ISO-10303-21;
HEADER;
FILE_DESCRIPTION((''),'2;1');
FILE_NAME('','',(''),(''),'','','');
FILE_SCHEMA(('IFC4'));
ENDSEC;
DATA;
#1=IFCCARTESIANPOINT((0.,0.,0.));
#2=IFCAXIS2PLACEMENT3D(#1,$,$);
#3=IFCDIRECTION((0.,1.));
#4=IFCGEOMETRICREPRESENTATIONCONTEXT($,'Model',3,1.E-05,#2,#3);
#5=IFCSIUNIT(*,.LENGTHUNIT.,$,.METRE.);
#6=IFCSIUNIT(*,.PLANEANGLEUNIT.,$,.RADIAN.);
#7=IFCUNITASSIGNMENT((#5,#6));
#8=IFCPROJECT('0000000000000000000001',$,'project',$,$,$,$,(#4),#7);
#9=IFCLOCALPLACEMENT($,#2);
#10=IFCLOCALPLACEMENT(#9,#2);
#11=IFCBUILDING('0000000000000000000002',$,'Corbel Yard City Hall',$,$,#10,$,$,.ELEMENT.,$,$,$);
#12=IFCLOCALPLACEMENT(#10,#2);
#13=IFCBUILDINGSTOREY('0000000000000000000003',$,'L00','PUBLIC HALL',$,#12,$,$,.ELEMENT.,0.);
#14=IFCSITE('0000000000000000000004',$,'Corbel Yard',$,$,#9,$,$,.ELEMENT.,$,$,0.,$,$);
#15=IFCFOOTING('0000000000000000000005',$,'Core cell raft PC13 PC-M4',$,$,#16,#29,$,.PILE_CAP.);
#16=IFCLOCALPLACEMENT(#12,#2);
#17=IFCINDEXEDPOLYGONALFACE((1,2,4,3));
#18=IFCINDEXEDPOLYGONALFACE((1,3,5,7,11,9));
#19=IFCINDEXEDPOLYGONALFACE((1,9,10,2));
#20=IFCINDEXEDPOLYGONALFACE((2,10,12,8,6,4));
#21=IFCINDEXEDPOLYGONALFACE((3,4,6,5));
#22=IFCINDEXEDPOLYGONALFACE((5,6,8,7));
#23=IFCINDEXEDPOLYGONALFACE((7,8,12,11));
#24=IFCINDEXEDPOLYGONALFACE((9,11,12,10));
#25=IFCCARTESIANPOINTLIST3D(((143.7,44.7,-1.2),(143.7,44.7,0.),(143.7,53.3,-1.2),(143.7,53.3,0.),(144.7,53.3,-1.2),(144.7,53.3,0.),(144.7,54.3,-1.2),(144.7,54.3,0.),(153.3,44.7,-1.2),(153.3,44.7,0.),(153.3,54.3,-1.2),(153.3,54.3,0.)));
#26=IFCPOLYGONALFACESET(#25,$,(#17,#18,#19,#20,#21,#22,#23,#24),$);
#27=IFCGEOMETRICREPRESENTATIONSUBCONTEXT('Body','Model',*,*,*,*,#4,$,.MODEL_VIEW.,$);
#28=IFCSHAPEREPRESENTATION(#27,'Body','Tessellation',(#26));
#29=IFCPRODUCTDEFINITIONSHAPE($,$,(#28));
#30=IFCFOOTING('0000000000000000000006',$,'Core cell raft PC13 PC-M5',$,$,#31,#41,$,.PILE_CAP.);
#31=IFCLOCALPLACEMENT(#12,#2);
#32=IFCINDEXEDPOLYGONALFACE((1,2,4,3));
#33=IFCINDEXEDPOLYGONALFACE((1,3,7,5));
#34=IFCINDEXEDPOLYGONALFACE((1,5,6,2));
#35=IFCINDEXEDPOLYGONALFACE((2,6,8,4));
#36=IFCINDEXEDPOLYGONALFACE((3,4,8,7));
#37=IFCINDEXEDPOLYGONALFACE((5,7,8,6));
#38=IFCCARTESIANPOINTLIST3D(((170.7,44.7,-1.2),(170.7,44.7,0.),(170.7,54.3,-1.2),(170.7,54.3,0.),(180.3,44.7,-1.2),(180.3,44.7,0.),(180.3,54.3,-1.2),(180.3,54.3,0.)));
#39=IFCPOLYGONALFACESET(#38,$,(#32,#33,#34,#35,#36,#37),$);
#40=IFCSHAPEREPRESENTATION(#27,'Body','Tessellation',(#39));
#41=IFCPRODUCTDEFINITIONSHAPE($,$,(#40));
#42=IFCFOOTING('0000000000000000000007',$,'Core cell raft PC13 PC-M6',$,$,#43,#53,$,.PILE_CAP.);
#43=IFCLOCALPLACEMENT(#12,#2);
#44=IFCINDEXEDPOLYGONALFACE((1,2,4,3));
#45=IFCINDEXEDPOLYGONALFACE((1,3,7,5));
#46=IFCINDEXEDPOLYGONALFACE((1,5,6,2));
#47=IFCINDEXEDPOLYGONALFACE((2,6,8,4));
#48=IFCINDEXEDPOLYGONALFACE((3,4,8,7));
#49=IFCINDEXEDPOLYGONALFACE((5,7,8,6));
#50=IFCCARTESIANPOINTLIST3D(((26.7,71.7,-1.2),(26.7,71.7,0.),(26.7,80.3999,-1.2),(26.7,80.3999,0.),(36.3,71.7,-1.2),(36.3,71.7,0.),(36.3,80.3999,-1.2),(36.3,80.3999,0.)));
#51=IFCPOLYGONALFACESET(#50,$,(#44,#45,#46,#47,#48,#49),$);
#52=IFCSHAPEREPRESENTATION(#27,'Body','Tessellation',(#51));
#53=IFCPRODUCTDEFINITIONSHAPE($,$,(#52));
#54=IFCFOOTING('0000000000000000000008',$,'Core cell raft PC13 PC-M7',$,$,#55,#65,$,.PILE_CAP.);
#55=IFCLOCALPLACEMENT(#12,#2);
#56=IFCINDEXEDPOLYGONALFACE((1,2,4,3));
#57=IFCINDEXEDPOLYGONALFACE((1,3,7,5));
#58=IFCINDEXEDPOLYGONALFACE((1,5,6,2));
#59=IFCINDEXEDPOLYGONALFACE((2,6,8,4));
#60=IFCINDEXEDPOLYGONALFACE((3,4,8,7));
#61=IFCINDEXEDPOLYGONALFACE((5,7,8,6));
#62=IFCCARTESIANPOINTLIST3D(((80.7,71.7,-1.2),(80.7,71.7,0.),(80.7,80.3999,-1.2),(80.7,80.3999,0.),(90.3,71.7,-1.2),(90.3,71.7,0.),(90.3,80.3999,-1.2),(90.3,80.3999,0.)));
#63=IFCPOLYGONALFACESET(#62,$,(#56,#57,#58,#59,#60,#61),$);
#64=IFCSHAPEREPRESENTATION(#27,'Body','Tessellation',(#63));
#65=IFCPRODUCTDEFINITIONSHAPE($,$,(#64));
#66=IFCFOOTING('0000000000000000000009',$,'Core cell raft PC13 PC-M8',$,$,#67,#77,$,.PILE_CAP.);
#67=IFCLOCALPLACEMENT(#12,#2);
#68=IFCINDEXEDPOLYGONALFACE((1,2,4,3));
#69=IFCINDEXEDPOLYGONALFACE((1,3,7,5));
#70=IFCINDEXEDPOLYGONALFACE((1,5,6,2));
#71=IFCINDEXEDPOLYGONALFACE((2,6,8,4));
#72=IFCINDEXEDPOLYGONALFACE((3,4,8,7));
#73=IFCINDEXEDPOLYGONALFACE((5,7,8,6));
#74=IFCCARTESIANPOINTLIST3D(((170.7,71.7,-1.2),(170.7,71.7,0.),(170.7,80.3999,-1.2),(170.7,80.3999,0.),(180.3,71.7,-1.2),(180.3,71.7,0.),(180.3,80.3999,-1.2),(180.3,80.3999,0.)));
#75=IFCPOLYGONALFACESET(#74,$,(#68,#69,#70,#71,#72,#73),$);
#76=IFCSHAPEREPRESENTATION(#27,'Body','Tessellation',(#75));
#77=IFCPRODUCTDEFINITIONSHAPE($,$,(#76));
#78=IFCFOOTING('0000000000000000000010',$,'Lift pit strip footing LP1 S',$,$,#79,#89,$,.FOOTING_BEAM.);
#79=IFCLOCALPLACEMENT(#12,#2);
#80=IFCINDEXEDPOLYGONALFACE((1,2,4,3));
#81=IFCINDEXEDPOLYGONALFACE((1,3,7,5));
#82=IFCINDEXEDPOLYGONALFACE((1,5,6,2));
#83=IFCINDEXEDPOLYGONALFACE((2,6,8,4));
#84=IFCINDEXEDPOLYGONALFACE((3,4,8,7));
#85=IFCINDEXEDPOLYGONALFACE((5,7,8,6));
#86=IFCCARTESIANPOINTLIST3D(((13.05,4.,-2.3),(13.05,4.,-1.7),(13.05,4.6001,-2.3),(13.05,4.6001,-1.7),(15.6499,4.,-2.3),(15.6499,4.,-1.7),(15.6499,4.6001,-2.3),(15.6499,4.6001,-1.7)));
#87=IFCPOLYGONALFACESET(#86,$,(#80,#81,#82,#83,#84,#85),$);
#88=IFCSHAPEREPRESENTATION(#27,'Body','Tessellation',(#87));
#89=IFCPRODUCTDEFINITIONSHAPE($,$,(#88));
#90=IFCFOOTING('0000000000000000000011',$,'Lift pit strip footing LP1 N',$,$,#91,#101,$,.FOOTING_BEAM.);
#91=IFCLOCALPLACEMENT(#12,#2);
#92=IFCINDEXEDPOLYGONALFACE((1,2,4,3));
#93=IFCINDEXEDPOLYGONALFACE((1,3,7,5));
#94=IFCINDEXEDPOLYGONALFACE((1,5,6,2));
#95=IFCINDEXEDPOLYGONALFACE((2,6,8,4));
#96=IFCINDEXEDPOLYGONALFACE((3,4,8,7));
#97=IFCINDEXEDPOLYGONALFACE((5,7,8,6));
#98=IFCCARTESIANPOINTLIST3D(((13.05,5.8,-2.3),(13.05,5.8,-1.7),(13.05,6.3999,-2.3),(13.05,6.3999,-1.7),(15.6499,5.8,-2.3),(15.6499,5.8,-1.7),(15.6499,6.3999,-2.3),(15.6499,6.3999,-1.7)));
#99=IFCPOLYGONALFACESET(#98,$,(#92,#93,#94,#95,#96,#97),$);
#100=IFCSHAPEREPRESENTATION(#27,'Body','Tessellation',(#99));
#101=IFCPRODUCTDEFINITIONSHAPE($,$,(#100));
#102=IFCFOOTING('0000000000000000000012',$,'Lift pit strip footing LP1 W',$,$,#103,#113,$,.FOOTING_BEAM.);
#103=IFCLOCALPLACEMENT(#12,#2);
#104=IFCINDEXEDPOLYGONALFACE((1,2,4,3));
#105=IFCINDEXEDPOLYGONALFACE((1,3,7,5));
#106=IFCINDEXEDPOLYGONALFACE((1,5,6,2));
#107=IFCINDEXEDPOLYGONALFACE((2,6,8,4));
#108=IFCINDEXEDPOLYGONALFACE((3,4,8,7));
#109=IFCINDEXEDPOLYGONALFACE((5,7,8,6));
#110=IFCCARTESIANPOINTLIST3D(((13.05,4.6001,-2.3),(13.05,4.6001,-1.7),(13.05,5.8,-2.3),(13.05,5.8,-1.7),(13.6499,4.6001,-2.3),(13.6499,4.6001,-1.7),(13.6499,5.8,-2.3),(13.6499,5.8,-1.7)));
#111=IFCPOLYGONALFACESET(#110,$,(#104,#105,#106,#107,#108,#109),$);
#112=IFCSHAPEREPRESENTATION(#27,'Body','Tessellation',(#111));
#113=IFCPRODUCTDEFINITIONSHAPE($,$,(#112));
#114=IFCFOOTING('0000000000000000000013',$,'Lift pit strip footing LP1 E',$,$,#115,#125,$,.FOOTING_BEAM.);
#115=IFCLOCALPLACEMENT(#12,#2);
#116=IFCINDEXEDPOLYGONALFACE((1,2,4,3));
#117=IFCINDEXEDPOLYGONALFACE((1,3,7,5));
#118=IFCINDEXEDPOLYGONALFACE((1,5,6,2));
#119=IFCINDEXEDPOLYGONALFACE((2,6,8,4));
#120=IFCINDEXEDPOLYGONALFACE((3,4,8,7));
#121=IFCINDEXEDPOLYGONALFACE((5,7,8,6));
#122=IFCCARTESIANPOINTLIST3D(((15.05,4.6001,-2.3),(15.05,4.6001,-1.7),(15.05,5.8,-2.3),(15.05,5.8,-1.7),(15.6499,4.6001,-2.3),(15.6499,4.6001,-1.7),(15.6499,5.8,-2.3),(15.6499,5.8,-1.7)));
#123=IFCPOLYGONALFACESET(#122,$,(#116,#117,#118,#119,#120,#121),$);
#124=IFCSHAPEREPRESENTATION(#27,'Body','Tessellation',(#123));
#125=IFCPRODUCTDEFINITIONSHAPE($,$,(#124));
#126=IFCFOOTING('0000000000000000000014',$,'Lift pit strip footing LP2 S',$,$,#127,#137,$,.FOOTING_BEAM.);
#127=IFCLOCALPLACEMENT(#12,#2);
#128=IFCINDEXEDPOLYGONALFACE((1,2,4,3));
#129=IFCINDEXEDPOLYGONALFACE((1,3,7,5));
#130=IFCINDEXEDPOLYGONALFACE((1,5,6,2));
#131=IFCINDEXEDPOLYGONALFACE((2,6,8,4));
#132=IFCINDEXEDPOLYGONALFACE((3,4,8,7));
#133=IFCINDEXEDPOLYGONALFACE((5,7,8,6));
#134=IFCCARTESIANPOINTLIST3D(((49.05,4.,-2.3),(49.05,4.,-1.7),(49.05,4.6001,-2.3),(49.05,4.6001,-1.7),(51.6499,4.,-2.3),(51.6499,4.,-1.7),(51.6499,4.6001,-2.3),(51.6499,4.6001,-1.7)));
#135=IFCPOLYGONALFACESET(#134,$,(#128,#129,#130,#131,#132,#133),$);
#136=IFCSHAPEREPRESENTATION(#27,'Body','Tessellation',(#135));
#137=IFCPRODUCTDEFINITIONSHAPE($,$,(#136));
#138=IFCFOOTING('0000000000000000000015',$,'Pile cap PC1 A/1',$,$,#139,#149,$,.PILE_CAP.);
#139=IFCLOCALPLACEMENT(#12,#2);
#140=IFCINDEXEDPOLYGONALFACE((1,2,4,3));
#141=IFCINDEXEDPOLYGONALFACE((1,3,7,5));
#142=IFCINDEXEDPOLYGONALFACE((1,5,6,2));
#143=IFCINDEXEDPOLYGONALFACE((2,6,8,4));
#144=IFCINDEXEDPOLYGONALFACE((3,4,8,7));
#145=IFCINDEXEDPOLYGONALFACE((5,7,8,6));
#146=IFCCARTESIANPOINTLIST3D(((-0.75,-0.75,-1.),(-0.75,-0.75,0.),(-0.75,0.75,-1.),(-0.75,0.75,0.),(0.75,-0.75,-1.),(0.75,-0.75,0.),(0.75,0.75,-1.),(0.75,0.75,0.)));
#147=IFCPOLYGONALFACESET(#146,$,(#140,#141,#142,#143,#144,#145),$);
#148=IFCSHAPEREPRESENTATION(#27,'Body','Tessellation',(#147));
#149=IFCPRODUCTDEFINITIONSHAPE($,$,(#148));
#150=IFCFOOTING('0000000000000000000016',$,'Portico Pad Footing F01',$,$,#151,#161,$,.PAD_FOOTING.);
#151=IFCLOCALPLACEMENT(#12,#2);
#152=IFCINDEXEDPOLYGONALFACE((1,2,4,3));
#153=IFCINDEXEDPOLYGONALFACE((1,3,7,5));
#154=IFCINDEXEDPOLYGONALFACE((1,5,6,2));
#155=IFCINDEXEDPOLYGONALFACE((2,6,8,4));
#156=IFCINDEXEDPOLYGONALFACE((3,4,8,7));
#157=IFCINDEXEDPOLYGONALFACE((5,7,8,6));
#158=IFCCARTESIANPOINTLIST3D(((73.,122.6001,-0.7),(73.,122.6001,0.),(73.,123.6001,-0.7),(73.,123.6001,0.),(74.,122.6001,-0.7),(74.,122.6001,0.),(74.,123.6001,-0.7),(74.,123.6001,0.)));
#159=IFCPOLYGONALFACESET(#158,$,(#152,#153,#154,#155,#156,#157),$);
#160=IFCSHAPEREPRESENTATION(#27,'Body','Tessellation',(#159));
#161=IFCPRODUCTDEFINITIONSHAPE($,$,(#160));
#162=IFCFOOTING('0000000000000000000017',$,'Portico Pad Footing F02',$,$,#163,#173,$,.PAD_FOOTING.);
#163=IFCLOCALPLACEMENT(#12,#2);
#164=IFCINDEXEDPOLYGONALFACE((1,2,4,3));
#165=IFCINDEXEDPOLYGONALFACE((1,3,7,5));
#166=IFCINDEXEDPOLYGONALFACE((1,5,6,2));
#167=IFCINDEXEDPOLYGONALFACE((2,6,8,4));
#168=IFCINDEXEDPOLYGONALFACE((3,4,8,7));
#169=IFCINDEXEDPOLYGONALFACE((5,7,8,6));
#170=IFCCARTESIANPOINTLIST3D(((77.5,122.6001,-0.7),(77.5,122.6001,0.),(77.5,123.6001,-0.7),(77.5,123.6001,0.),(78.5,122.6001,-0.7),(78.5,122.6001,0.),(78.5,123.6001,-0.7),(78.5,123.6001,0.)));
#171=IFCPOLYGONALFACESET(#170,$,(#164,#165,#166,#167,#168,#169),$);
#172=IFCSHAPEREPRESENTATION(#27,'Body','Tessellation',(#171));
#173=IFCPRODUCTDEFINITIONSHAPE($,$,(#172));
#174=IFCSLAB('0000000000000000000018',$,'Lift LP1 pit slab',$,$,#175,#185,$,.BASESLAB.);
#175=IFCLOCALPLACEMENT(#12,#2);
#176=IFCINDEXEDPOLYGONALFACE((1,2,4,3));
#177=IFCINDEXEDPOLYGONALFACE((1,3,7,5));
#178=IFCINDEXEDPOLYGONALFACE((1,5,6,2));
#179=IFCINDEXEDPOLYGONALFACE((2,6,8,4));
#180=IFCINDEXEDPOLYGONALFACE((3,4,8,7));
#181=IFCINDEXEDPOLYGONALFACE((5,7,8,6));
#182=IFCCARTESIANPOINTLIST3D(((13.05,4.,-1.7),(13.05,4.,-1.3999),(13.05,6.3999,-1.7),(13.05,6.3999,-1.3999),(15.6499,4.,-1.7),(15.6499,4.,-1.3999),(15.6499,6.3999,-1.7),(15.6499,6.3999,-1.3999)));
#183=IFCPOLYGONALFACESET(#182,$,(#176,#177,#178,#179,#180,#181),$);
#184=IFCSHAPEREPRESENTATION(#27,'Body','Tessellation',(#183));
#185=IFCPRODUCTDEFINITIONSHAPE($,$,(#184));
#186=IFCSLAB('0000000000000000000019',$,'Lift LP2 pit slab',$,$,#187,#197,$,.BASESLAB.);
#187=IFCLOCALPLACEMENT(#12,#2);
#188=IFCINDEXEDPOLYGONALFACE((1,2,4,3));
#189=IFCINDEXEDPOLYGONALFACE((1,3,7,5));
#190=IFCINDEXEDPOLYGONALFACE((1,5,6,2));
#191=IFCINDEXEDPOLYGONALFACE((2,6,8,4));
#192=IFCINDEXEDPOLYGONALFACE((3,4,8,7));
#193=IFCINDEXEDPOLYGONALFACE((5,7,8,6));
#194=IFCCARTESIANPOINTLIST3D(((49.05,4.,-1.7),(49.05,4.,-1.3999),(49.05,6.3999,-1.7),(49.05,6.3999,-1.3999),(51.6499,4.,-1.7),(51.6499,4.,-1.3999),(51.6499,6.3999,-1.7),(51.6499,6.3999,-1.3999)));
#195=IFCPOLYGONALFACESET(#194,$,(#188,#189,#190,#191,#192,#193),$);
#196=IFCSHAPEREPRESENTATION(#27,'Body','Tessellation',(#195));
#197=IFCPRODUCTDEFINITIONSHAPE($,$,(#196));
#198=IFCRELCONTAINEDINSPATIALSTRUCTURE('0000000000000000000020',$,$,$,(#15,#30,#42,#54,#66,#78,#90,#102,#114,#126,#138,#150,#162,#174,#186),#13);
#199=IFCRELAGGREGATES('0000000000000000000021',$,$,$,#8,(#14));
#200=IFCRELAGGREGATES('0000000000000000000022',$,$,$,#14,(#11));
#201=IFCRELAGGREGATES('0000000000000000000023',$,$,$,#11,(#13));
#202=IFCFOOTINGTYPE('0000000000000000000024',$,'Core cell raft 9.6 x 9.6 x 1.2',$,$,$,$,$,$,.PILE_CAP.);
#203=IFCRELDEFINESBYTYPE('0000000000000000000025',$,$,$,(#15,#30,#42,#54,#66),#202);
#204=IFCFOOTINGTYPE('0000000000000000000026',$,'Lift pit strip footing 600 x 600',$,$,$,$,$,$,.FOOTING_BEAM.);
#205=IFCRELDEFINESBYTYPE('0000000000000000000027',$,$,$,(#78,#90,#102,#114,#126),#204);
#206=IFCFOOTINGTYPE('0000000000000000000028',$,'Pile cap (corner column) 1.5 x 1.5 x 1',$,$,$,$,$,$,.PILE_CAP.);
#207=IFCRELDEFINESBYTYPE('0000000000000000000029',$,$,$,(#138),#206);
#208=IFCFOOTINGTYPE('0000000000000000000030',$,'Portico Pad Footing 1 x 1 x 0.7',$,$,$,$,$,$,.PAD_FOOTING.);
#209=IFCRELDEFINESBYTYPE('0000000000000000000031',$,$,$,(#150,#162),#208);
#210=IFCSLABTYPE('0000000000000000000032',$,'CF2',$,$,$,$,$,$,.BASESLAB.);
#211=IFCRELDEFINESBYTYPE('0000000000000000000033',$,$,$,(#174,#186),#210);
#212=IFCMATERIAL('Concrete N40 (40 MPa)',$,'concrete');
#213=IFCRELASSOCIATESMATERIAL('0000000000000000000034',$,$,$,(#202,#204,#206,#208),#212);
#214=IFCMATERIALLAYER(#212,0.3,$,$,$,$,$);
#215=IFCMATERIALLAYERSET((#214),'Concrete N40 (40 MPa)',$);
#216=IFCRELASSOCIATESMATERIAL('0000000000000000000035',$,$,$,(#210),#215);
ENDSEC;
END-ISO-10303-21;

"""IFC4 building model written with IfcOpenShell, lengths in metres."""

from ifc_helpers import new_model, si_unit, direction, frame, origin, origin_2d, place, context, subcontext, project, spatial, polyline, rectangle, outline, extrude, material, layer, layer_set, type_object, element, save


model = new_model("IFC4")

# Units and contexts
model_context = context("Model", 3, precision=1e-05, world=origin(), true_north=direction((0.0, 1.0)))
body_context = subcontext(model_context, "Body", "Model", "MODEL_VIEW")
ifc_project = project(units=[si_unit("LENGTHUNIT", "METRE"), si_unit("PLANEANGLEUNIT", "RADIAN")], contexts=[model_context])

# Site, building, storey
site_placement = place(None, origin())
site = spatial("IfcSite", under=ifc_project, at=site_placement, Name="Corbel Yard", CompositionType="ELEMENT", RefElevation=0.0)
building_placement = place(site_placement, origin())
building = spatial("IfcBuilding", under=site, at=building_placement, Name="Corbel Yard City Hall", CompositionType="ELEMENT")
storey_placement = place(building_placement, origin())
storey = spatial("IfcBuildingStorey", under=building, at=storey_placement, Name="L00", Description="PUBLIC HALL", CompositionType="ELEMENT", Elevation=0.0)

# Shared definitions
ifc_material = material(Name="Concrete N40 (40 MPa)", Category="concrete")

# Footings
footing_type_1 = type_object("IfcFootingType", Name="Core cell raft 9.6 x 9.6 x 1.2", PredefinedType="PILE_CAP", material=ifc_material)
footing_1_placement = place(storey_placement, frame((0.0, 0.0, -1.2)))
element("IfcFooting", 1, at=footing_1_placement, inside=storey, type_object=footing_type_1, Name="Core cell raft PC13 PC-M4", PredefinedType="PILE_CAP", context=body_context, shape_type="SweptSolid", body=[
    extrude(outline(polyline([(153.3, 54.3), (144.7, 54.3), (144.7, 53.3), (143.7, 53.3), (143.7, 44.7), (153.3, 44.7), (153.3, 54.3)])), origin(), (0.0, 0.0, 1.0), 1.2),
])
footing_2_placement = place(storey_placement, frame((0.0, 0.0, -1.2)))
element("IfcFooting", 2, at=footing_2_placement, inside=storey, type_object=footing_type_1, Name="Core cell raft PC13 PC-M5", PredefinedType="PILE_CAP", context=body_context, shape_type="SweptSolid", body=[
    extrude(outline(polyline([(170.7, 44.7), (180.3, 44.7), (180.3, 54.3), (170.7, 54.3), (170.7, 44.7)])), origin(), (0.0, 0.0, 1.0), 1.2),
])
footing_3_placement = place(storey_placement, frame((0.0, 0.0, -1.2)))
element("IfcFooting", 3, at=footing_3_placement, inside=storey, type_object=footing_type_1, Name="Core cell raft PC13 PC-M6", PredefinedType="PILE_CAP", context=body_context, shape_type="SweptSolid", body=[
    extrude(outline(polyline([(26.7, 71.7), (36.3, 71.7), (36.3, 80.3999), (26.7, 80.3999), (26.7, 71.7)])), origin(), (0.0, 0.0, 1.0), 1.2),
])
footing_4_placement = place(storey_placement, frame((0.0, 0.0, -1.2)))
element("IfcFooting", 4, at=footing_4_placement, inside=storey, type_object=footing_type_1, Name="Core cell raft PC13 PC-M7", PredefinedType="PILE_CAP", context=body_context, shape_type="SweptSolid", body=[
    extrude(outline(polyline([(80.7, 71.7), (90.3, 71.7), (90.3, 80.3999), (80.7, 80.3999), (80.7, 71.7)])), origin(), (0.0, 0.0, 1.0), 1.2),
])
footing_5_placement = place(storey_placement, frame((0.0, 0.0, -1.2)))
element("IfcFooting", 5, at=footing_5_placement, inside=storey, type_object=footing_type_1, Name="Core cell raft PC13 PC-M8", PredefinedType="PILE_CAP", context=body_context, shape_type="SweptSolid", body=[
    extrude(outline(polyline([(170.7, 71.7), (180.3, 71.7), (180.3, 80.3999), (170.7, 80.3999), (170.7, 71.7)])), origin(), (0.0, 0.0, 1.0), 1.2),
])
footing_type_2 = type_object("IfcFootingType", Name="Lift pit strip footing 600 x 600", PredefinedType="FOOTING_BEAM", material=ifc_material)
footing_6_placement = place(storey_placement, frame((0.0, 0.0, -2.3)))
element("IfcFooting", 6, at=footing_6_placement, inside=storey, type_object=footing_type_2, Name="Lift pit strip footing LP1 S", PredefinedType="FOOTING_BEAM", context=body_context, shape_type="SweptSolid", body=[
    extrude(outline(polyline([(15.6499, 4.0), (15.6499, 4.6001), (13.05, 4.6001), (13.05, 4.0), (15.6499, 4.0)])), origin(), (0.0, 0.0, 1.0), 0.6001),
])
footing_7_placement = place(storey_placement, frame((0.0, 0.0, -2.3)))
element("IfcFooting", 7, at=footing_7_placement, inside=storey, type_object=footing_type_2, Name="Lift pit strip footing LP1 N", PredefinedType="FOOTING_BEAM", context=body_context, shape_type="SweptSolid", body=[
    extrude(outline(polyline([(15.6499, 5.8), (15.6499, 6.3999), (13.05, 6.3999), (13.05, 5.8), (15.6499, 5.8)])), origin(), (0.0, 0.0, 1.0), 0.6001),
])
footing_8_placement = place(storey_placement, frame((0.0, 0.0, -2.3)))
element("IfcFooting", 8, at=footing_8_placement, inside=storey, type_object=footing_type_2, Name="Lift pit strip footing LP1 W", PredefinedType="FOOTING_BEAM", context=body_context, shape_type="SweptSolid", body=[
    extrude(outline(polyline([(13.6499, 4.6001), (13.6499, 5.8), (13.05, 5.8), (13.05, 4.6001), (13.6499, 4.6001)])), origin(), (0.0, 0.0, 1.0), 0.6001),
])
footing_9_placement = place(storey_placement, frame((0.0, 0.0, -2.3)))
element("IfcFooting", 9, at=footing_9_placement, inside=storey, type_object=footing_type_2, Name="Lift pit strip footing LP1 E", PredefinedType="FOOTING_BEAM", context=body_context, shape_type="SweptSolid", body=[
    extrude(outline(polyline([(15.6499, 4.6001), (15.6499, 5.8), (15.05, 5.8), (15.05, 4.6001), (15.6499, 4.6001)])), origin(), (0.0, 0.0, 1.0), 0.6001),
])
footing_10_placement = place(storey_placement, frame((0.0, 0.0, -2.3)))
element("IfcFooting", 10, at=footing_10_placement, inside=storey, type_object=footing_type_2, Name="Lift pit strip footing LP2 S", PredefinedType="FOOTING_BEAM", context=body_context, shape_type="SweptSolid", body=[
    extrude(outline(polyline([(51.6499, 4.0), (51.6499, 4.6001), (49.05, 4.6001), (49.05, 4.0), (51.6499, 4.0)])), origin(), (0.0, 0.0, 1.0), 0.6001),
])
footing_type_3 = type_object("IfcFootingType", Name="Pile cap (corner column) 1.5 x 1.5 x 1", PredefinedType="PILE_CAP", material=ifc_material)
footing_11_placement = place(storey_placement, frame((0.0, 0.0, -1.0), z_axis=(0.0, 0.0, 1.0), x_axis=(1.0, 0.0, 0.0)))
element("IfcFooting", 11, at=footing_11_placement, inside=storey, type_object=footing_type_3, Name="Pile cap PC1 A/1", PredefinedType="PILE_CAP", context=body_context, shape_type="SweptSolid", body=[
    extrude(rectangle(XDim=1.5, YDim=1.5, at=origin_2d()), origin(), (0.0, 0.0, 1.0), 1.0),
])
footing_type_4 = type_object("IfcFootingType", Name="Portico Pad Footing 1 x 1 x 0.7", PredefinedType="PAD_FOOTING", material=ifc_material)
footing_12_placement = place(storey_placement, frame((0.0, 0.0, -0.7)))
element("IfcFooting", 12, at=footing_12_placement, inside=storey, type_object=footing_type_4, Name="Portico Pad Footing F01", PredefinedType="PAD_FOOTING", context=body_context, shape_type="SweptSolid", body=[
    extrude(outline(polyline([(73.0, 122.6001), (74.0, 122.6001), (74.0, 123.6001), (73.0, 123.6001), (73.0, 122.6001)])), origin(), (0.0, 0.0, 1.0), 0.7),
])
footing_13_placement = place(storey_placement, frame((0.0, 0.0, -0.7)))
element("IfcFooting", 13, at=footing_13_placement, inside=storey, type_object=footing_type_4, Name="Portico Pad Footing F02", PredefinedType="PAD_FOOTING", context=body_context, shape_type="SweptSolid", body=[
    extrude(outline(polyline([(77.5, 122.6001), (78.5, 122.6001), (78.5, 123.6001), (77.5, 123.6001), (77.5, 122.6001)])), origin(), (0.0, 0.0, 1.0), 0.7),
])

# Slabs
ifc_layer = layer(ifc_material, 0.3)
ifc_layer_set = layer_set([ifc_layer], Name="Concrete N40 (40 MPa)")
slab_type = type_object("IfcSlabType", Name="CF2", PredefinedType="BASESLAB", material=ifc_layer_set)
slab_1_placement = place(storey_placement, frame((0.0, 0.0, -1.7)))
element("IfcSlab", 14, at=slab_1_placement, inside=storey, type_object=slab_type, Name="Lift LP1 pit slab", PredefinedType="BASESLAB", context=body_context, shape_type="SweptSolid", body=[
    extrude(outline(polyline([(13.05, 4.0), (15.6499, 4.0), (15.6499, 6.3999), (13.05, 6.3999), (13.05, 4.0)])), origin(), (0.0, 0.0, 1.0), 0.3),
])
slab_2_placement = place(storey_placement, frame((0.0, 0.0, -1.7)))
element("IfcSlab", 15, at=slab_2_placement, inside=storey, type_object=slab_type, Name="Lift LP2 pit slab", PredefinedType="BASESLAB", context=body_context, shape_type="SweptSolid", body=[
    extrude(outline(polyline([(49.05, 4.0), (51.6499, 4.0), (51.6499, 6.3999), (49.05, 6.3999), (49.05, 4.0)])), origin(), (0.0, 0.0, 1.0), 0.3),
])

save(model, "model.ifc")
